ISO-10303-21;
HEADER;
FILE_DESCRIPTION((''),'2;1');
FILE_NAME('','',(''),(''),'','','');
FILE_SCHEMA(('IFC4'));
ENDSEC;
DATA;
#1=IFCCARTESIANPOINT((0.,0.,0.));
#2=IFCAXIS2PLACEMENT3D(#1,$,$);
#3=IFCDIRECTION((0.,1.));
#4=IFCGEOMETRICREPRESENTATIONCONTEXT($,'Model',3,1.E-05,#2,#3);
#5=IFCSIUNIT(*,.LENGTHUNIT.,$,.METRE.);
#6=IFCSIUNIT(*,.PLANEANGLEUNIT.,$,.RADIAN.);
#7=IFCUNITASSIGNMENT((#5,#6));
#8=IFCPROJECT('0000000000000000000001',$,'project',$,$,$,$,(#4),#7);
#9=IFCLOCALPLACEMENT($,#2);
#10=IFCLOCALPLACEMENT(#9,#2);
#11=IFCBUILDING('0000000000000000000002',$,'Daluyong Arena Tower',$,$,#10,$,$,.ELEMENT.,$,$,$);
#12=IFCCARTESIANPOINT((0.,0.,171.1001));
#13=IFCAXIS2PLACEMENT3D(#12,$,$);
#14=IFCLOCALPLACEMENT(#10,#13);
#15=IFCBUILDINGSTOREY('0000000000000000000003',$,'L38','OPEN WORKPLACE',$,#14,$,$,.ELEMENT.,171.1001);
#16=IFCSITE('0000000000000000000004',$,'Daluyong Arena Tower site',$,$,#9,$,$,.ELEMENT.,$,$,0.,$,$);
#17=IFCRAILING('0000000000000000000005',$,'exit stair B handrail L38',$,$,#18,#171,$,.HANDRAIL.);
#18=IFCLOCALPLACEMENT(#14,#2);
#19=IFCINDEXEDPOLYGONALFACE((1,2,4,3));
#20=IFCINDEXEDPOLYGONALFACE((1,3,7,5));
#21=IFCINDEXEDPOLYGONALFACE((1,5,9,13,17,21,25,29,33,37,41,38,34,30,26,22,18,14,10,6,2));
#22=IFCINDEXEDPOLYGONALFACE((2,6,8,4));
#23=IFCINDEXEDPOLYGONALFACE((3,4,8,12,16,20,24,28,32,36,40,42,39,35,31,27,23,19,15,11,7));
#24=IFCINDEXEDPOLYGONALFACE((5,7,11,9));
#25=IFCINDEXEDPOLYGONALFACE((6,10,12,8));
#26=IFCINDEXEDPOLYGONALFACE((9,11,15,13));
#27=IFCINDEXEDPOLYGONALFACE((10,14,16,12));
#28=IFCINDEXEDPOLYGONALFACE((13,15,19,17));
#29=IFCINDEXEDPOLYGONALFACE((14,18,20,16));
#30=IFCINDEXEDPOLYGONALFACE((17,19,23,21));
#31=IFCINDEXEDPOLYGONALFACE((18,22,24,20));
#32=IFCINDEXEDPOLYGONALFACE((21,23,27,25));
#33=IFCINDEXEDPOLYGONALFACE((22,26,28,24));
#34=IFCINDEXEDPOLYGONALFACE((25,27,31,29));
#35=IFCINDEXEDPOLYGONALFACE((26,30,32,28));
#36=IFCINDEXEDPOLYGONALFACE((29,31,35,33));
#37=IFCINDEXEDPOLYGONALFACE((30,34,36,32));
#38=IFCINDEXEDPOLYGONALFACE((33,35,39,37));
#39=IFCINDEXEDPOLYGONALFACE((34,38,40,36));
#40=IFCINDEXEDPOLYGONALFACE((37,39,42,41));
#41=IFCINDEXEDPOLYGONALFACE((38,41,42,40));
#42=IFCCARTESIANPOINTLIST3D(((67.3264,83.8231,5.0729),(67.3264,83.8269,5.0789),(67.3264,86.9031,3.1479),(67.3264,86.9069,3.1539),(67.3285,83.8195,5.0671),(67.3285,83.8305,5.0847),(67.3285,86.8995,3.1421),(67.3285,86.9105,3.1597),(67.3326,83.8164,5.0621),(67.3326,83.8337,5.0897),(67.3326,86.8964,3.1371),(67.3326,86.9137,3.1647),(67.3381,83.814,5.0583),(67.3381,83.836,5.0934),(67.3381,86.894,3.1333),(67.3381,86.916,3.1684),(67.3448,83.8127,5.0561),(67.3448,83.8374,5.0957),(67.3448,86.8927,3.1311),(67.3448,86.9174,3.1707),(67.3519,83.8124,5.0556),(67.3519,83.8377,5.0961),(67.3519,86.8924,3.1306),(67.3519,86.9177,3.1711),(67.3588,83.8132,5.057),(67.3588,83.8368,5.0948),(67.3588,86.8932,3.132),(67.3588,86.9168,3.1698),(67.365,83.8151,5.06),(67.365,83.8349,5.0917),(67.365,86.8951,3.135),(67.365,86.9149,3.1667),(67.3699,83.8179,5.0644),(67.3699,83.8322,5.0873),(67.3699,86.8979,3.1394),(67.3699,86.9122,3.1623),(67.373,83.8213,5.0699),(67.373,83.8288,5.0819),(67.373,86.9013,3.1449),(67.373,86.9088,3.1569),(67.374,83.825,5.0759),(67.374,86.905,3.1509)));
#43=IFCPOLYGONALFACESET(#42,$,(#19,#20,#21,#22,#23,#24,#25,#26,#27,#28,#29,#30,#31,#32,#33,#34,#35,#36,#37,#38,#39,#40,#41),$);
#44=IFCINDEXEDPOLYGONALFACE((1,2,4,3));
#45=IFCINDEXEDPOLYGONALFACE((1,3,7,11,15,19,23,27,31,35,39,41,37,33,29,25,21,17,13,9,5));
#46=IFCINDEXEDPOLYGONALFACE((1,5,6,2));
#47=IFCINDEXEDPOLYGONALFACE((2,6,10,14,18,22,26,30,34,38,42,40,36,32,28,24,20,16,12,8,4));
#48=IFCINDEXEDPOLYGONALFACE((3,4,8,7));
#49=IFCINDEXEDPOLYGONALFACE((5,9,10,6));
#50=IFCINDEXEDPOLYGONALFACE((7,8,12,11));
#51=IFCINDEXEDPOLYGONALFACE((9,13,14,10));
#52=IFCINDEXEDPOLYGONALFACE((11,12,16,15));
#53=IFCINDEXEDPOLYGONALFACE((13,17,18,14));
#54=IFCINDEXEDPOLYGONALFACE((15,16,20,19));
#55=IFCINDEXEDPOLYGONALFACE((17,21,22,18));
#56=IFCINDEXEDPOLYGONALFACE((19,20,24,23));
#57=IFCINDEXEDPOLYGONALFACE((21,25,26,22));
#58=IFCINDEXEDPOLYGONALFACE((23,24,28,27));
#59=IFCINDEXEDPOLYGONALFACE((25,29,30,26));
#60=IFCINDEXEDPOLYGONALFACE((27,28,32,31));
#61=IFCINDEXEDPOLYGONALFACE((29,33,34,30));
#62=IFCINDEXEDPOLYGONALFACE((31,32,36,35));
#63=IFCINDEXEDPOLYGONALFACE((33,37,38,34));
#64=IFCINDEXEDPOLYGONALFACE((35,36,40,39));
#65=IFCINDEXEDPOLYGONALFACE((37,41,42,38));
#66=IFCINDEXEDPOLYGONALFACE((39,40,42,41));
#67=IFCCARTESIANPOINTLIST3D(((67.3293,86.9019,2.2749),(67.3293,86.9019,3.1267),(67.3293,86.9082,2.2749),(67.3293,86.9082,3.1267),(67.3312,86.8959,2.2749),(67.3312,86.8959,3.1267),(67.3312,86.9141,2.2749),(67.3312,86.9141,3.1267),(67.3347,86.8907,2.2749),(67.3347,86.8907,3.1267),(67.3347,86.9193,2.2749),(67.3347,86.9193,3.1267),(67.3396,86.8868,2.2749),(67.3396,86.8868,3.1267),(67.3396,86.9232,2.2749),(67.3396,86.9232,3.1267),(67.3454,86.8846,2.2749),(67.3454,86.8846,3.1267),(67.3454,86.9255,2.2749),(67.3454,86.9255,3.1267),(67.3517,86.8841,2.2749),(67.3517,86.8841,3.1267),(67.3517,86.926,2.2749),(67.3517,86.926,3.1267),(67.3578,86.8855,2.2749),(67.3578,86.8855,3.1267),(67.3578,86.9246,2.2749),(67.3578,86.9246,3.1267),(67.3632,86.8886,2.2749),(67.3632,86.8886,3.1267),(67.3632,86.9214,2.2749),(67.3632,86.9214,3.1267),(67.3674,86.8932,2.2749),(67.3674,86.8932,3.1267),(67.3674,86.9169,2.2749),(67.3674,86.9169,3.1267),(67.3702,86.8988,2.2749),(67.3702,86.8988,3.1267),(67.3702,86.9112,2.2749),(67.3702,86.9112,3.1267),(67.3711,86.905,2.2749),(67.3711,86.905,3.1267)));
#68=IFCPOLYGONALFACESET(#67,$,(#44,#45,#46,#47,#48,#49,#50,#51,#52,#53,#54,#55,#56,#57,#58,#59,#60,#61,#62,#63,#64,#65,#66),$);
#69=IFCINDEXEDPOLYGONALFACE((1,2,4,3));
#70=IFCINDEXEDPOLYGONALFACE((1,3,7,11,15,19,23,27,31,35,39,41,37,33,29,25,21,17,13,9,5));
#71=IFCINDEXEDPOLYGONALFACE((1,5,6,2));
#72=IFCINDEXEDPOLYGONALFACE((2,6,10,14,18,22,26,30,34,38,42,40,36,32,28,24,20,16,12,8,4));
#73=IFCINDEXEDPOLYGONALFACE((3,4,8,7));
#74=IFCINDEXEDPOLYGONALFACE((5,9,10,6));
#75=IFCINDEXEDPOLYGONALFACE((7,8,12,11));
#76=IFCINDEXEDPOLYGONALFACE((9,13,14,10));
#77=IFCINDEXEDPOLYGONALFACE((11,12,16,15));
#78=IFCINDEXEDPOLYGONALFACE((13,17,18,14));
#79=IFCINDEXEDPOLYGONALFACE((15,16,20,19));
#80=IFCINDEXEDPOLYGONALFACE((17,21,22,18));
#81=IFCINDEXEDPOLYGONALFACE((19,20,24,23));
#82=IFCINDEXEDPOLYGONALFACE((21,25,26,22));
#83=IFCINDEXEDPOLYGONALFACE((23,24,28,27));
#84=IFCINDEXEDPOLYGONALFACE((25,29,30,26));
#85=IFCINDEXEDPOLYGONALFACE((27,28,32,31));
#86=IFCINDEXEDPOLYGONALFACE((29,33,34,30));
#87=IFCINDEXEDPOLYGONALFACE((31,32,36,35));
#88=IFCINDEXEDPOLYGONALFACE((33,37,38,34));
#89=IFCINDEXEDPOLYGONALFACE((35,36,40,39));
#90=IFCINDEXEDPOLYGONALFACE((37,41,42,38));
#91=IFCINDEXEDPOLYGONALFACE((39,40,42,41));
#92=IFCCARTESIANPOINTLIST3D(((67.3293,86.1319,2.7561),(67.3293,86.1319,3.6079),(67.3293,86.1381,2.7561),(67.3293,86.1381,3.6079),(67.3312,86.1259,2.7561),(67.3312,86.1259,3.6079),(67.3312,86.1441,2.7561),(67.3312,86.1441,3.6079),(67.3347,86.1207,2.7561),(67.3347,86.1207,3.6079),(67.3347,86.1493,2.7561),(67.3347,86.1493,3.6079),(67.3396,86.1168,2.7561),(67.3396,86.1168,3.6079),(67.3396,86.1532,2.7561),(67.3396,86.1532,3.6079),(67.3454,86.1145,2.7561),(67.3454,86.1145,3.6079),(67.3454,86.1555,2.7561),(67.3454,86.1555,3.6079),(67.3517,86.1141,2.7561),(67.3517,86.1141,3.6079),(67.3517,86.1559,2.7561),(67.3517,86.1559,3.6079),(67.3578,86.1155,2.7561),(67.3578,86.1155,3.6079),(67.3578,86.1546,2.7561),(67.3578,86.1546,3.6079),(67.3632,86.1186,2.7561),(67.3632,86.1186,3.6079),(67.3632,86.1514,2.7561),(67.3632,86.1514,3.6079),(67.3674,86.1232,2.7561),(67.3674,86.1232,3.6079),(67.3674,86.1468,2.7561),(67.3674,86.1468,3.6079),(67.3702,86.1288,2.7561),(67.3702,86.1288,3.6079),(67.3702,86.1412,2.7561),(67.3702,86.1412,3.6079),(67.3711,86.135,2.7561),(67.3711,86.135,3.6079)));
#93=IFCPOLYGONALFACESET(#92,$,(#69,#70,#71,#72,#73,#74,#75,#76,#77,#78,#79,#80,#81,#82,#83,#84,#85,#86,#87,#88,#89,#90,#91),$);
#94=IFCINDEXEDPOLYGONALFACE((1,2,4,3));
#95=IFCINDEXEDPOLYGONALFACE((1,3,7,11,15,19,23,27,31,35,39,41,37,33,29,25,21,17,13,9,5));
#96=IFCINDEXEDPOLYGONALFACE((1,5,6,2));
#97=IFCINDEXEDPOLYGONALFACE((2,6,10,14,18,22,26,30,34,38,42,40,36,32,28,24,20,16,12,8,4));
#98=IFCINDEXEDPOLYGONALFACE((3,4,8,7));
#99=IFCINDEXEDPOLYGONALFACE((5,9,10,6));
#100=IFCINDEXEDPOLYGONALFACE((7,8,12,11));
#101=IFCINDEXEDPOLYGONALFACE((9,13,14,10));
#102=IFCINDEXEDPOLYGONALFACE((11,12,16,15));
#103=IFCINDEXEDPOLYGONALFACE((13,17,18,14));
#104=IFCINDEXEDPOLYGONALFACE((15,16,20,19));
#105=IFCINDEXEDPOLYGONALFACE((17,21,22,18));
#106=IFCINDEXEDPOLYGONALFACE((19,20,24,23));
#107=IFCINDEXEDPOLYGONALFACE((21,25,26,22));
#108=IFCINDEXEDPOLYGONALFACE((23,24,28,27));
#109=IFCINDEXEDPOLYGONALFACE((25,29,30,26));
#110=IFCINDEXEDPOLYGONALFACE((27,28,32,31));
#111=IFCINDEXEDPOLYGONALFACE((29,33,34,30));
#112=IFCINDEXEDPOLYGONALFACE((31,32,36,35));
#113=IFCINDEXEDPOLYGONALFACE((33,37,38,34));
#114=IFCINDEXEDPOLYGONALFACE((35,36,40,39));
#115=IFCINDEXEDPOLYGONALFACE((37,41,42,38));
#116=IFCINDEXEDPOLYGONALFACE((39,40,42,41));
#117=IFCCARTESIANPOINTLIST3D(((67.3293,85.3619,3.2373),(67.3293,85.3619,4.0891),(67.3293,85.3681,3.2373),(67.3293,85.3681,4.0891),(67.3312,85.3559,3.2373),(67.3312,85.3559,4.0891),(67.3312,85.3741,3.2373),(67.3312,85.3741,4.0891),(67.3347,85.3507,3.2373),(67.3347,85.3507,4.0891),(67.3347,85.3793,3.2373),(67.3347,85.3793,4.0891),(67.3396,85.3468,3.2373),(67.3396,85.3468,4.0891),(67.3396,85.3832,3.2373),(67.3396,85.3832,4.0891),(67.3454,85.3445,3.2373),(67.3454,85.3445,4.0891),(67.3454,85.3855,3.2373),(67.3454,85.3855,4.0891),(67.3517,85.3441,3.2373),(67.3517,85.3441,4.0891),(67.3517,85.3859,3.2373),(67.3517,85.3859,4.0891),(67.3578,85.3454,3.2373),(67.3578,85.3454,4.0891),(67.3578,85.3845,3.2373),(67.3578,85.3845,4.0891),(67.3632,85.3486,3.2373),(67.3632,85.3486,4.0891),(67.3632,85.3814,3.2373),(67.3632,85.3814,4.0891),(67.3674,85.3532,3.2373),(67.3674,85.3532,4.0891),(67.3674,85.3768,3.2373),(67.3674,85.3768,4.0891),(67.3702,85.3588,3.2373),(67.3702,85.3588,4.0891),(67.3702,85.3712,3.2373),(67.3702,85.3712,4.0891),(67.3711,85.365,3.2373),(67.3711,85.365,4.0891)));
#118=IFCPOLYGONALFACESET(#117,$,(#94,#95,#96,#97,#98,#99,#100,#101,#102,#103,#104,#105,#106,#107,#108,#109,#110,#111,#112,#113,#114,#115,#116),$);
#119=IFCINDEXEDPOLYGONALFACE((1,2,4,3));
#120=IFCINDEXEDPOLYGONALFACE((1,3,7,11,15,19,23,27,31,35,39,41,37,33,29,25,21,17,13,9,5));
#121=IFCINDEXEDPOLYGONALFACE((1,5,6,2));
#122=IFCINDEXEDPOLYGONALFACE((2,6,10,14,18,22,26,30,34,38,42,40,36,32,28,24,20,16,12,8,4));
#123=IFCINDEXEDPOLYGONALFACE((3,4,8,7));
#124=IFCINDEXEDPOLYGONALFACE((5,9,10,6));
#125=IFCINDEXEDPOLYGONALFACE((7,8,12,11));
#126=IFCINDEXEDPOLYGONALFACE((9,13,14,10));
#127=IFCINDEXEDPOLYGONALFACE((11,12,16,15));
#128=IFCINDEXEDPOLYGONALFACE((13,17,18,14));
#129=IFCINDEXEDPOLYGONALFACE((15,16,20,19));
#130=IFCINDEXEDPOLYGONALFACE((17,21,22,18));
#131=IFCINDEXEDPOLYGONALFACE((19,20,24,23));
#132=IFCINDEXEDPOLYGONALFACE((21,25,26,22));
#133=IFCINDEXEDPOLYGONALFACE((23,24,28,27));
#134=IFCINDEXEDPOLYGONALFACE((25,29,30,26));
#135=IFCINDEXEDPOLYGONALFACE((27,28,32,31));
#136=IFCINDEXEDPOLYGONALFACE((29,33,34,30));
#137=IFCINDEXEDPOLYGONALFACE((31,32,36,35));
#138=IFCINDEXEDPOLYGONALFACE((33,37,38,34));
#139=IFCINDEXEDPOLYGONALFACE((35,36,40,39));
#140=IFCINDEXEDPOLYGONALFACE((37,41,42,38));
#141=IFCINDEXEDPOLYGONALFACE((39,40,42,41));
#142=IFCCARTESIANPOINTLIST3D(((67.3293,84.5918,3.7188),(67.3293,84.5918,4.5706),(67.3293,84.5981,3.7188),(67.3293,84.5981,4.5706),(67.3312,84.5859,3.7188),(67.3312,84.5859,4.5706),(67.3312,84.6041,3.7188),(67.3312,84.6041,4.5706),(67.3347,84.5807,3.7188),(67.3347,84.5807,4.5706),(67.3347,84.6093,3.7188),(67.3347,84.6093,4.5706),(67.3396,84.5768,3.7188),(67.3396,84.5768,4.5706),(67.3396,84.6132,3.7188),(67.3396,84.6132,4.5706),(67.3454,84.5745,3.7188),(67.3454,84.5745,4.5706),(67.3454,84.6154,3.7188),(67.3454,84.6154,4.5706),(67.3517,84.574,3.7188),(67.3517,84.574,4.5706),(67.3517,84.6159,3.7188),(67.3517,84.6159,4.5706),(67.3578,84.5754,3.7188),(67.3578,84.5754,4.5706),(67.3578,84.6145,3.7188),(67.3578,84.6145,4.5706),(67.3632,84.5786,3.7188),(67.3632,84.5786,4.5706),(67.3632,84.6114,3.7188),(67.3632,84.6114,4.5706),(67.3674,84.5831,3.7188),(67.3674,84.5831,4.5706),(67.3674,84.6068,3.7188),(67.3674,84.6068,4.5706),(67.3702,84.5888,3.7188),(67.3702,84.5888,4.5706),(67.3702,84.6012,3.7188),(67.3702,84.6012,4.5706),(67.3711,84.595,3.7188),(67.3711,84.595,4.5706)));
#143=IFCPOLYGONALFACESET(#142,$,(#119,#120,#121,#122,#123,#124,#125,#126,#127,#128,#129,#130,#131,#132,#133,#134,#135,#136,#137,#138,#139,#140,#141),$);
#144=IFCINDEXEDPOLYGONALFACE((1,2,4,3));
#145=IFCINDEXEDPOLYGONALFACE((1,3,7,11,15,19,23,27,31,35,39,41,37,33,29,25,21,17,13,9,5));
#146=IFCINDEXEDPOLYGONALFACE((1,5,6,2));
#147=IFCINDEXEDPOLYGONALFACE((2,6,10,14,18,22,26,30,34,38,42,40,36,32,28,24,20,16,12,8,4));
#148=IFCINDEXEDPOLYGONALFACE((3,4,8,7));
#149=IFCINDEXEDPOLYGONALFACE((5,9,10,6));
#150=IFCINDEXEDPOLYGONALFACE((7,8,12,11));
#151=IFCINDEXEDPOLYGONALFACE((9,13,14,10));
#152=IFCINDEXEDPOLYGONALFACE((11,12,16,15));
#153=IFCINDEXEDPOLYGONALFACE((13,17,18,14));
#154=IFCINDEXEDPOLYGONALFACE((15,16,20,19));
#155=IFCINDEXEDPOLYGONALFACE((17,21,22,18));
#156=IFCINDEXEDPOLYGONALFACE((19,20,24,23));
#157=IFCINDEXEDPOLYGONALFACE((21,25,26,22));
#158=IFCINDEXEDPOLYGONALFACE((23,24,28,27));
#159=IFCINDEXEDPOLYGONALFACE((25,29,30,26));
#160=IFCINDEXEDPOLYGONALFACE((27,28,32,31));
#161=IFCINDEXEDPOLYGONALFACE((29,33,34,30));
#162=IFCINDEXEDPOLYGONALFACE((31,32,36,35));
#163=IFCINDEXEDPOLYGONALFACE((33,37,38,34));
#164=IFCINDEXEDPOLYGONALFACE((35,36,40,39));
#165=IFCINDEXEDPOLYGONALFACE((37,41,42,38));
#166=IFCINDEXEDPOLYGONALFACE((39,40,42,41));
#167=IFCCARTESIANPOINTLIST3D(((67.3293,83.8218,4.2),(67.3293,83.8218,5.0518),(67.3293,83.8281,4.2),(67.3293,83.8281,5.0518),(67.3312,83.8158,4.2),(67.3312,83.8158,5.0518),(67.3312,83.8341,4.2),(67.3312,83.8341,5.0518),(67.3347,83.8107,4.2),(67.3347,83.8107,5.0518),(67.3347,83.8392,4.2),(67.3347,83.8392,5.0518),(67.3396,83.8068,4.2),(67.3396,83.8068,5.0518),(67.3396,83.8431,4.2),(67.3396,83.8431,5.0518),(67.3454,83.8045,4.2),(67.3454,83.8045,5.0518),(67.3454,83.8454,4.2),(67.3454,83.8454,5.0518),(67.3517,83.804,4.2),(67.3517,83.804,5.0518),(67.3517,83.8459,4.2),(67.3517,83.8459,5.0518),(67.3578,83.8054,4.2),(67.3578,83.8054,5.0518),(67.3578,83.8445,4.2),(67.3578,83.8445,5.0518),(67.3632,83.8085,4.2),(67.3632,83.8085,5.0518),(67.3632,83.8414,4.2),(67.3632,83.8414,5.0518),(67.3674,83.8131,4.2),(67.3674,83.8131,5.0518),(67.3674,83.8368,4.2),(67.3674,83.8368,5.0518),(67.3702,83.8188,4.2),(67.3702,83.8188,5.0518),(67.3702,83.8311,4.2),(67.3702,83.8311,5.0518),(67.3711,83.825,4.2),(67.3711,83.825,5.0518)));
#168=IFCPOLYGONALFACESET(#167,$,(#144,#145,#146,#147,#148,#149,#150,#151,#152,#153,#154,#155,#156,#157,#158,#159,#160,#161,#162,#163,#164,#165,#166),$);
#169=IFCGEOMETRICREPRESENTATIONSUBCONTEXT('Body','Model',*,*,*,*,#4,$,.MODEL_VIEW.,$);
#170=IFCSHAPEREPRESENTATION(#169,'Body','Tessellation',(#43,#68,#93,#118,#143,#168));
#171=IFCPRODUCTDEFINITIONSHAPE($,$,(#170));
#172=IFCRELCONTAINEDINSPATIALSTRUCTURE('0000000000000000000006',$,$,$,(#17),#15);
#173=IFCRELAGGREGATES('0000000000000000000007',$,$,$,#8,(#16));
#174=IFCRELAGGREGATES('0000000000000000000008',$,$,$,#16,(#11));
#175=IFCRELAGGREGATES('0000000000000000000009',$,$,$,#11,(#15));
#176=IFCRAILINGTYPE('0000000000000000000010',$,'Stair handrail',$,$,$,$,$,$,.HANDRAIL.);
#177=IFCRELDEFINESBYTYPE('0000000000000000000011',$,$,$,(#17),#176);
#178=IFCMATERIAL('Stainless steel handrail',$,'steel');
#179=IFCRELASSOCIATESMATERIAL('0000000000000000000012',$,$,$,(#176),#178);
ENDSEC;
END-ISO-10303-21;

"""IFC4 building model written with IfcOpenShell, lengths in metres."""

from ifc_helpers import new_model, si_unit, direction, frame, origin, origin_2d, place, context, subcontext, project, spatial, circle, extrude, material, type_object, element, save


model = new_model("IFC4")

# Units and contexts
model_context = context("Model", 3, precision=1e-05, world=origin(), true_north=direction((0.0, 1.0)))
body_context = subcontext(model_context, "Body", "Model", "MODEL_VIEW")
ifc_project = project(units=[si_unit("LENGTHUNIT", "METRE"), si_unit("PLANEANGLEUNIT", "RADIAN")], contexts=[model_context])

# Site, building, storey
site_placement = place(None, origin())
site = spatial("IfcSite", under=ifc_project, at=site_placement, Name="Daluyong Arena Tower site", CompositionType="ELEMENT", RefElevation=0.0)
building_placement = place(site_placement, origin())
building = spatial("IfcBuilding", under=site, at=building_placement, Name="Daluyong Arena Tower", CompositionType="ELEMENT")
storey_placement = place(building_placement, frame((0.0, 0.0, 171.1001)))
storey = spatial("IfcBuildingStorey", under=building, at=storey_placement, Name="L38", Description="OPEN WORKPLACE", CompositionType="ELEMENT", Elevation=171.1001)

# Railing
ifc_material_1 = material(Name="Stainless steel handrail", Category="steel")
railing_type = type_object("IfcRailingType", Name="Stair handrail", PredefinedType="HANDRAIL", material=ifc_material_1)
railing_placement = place(storey_placement, frame((67.3501, 86.905, 2.2749)))
element("IfcRailing", 1, at=railing_placement, inside=storey, type_object=railing_type, Name="exit stair B handrail L38", PredefinedType="HANDRAIL", context=body_context, shape_type="SweptSolid", body=[
    extrude(circle(Radius=0.0239, at=origin_2d()), frame((0.0, 0.0, 0.876), z_axis=(0.0, -0.847998, 0.529999), x_axis=(1.0, 0.0, 0.0)), (0.0, 0.0, 1.0), 3.6321),
    extrude(circle(Radius=0.021, at=origin_2d()), origin(), (0.0, 0.0, 1.0), 0.8518),
    extrude(circle(Radius=0.021, at=origin_2d()), frame((0.0, -0.77, 0.4812)), (0.0, 0.0, 1.0), 0.8518),
    extrude(circle(Radius=0.021, at=origin_2d()), frame((0.0, -1.54, 0.9624)), (0.0, 0.0, 1.0), 0.8518),
    extrude(circle(Radius=0.021, at=origin_2d()), frame((0.0, -2.3101, 1.4438)), (0.0, 0.0, 1.0), 0.8518),
    extrude(circle(Radius=0.021, at=origin_2d()), frame((0.0, -3.0801, 1.925)), (0.0, 0.0, 1.0), 0.8518),
])

save(model, "model.ifc")
